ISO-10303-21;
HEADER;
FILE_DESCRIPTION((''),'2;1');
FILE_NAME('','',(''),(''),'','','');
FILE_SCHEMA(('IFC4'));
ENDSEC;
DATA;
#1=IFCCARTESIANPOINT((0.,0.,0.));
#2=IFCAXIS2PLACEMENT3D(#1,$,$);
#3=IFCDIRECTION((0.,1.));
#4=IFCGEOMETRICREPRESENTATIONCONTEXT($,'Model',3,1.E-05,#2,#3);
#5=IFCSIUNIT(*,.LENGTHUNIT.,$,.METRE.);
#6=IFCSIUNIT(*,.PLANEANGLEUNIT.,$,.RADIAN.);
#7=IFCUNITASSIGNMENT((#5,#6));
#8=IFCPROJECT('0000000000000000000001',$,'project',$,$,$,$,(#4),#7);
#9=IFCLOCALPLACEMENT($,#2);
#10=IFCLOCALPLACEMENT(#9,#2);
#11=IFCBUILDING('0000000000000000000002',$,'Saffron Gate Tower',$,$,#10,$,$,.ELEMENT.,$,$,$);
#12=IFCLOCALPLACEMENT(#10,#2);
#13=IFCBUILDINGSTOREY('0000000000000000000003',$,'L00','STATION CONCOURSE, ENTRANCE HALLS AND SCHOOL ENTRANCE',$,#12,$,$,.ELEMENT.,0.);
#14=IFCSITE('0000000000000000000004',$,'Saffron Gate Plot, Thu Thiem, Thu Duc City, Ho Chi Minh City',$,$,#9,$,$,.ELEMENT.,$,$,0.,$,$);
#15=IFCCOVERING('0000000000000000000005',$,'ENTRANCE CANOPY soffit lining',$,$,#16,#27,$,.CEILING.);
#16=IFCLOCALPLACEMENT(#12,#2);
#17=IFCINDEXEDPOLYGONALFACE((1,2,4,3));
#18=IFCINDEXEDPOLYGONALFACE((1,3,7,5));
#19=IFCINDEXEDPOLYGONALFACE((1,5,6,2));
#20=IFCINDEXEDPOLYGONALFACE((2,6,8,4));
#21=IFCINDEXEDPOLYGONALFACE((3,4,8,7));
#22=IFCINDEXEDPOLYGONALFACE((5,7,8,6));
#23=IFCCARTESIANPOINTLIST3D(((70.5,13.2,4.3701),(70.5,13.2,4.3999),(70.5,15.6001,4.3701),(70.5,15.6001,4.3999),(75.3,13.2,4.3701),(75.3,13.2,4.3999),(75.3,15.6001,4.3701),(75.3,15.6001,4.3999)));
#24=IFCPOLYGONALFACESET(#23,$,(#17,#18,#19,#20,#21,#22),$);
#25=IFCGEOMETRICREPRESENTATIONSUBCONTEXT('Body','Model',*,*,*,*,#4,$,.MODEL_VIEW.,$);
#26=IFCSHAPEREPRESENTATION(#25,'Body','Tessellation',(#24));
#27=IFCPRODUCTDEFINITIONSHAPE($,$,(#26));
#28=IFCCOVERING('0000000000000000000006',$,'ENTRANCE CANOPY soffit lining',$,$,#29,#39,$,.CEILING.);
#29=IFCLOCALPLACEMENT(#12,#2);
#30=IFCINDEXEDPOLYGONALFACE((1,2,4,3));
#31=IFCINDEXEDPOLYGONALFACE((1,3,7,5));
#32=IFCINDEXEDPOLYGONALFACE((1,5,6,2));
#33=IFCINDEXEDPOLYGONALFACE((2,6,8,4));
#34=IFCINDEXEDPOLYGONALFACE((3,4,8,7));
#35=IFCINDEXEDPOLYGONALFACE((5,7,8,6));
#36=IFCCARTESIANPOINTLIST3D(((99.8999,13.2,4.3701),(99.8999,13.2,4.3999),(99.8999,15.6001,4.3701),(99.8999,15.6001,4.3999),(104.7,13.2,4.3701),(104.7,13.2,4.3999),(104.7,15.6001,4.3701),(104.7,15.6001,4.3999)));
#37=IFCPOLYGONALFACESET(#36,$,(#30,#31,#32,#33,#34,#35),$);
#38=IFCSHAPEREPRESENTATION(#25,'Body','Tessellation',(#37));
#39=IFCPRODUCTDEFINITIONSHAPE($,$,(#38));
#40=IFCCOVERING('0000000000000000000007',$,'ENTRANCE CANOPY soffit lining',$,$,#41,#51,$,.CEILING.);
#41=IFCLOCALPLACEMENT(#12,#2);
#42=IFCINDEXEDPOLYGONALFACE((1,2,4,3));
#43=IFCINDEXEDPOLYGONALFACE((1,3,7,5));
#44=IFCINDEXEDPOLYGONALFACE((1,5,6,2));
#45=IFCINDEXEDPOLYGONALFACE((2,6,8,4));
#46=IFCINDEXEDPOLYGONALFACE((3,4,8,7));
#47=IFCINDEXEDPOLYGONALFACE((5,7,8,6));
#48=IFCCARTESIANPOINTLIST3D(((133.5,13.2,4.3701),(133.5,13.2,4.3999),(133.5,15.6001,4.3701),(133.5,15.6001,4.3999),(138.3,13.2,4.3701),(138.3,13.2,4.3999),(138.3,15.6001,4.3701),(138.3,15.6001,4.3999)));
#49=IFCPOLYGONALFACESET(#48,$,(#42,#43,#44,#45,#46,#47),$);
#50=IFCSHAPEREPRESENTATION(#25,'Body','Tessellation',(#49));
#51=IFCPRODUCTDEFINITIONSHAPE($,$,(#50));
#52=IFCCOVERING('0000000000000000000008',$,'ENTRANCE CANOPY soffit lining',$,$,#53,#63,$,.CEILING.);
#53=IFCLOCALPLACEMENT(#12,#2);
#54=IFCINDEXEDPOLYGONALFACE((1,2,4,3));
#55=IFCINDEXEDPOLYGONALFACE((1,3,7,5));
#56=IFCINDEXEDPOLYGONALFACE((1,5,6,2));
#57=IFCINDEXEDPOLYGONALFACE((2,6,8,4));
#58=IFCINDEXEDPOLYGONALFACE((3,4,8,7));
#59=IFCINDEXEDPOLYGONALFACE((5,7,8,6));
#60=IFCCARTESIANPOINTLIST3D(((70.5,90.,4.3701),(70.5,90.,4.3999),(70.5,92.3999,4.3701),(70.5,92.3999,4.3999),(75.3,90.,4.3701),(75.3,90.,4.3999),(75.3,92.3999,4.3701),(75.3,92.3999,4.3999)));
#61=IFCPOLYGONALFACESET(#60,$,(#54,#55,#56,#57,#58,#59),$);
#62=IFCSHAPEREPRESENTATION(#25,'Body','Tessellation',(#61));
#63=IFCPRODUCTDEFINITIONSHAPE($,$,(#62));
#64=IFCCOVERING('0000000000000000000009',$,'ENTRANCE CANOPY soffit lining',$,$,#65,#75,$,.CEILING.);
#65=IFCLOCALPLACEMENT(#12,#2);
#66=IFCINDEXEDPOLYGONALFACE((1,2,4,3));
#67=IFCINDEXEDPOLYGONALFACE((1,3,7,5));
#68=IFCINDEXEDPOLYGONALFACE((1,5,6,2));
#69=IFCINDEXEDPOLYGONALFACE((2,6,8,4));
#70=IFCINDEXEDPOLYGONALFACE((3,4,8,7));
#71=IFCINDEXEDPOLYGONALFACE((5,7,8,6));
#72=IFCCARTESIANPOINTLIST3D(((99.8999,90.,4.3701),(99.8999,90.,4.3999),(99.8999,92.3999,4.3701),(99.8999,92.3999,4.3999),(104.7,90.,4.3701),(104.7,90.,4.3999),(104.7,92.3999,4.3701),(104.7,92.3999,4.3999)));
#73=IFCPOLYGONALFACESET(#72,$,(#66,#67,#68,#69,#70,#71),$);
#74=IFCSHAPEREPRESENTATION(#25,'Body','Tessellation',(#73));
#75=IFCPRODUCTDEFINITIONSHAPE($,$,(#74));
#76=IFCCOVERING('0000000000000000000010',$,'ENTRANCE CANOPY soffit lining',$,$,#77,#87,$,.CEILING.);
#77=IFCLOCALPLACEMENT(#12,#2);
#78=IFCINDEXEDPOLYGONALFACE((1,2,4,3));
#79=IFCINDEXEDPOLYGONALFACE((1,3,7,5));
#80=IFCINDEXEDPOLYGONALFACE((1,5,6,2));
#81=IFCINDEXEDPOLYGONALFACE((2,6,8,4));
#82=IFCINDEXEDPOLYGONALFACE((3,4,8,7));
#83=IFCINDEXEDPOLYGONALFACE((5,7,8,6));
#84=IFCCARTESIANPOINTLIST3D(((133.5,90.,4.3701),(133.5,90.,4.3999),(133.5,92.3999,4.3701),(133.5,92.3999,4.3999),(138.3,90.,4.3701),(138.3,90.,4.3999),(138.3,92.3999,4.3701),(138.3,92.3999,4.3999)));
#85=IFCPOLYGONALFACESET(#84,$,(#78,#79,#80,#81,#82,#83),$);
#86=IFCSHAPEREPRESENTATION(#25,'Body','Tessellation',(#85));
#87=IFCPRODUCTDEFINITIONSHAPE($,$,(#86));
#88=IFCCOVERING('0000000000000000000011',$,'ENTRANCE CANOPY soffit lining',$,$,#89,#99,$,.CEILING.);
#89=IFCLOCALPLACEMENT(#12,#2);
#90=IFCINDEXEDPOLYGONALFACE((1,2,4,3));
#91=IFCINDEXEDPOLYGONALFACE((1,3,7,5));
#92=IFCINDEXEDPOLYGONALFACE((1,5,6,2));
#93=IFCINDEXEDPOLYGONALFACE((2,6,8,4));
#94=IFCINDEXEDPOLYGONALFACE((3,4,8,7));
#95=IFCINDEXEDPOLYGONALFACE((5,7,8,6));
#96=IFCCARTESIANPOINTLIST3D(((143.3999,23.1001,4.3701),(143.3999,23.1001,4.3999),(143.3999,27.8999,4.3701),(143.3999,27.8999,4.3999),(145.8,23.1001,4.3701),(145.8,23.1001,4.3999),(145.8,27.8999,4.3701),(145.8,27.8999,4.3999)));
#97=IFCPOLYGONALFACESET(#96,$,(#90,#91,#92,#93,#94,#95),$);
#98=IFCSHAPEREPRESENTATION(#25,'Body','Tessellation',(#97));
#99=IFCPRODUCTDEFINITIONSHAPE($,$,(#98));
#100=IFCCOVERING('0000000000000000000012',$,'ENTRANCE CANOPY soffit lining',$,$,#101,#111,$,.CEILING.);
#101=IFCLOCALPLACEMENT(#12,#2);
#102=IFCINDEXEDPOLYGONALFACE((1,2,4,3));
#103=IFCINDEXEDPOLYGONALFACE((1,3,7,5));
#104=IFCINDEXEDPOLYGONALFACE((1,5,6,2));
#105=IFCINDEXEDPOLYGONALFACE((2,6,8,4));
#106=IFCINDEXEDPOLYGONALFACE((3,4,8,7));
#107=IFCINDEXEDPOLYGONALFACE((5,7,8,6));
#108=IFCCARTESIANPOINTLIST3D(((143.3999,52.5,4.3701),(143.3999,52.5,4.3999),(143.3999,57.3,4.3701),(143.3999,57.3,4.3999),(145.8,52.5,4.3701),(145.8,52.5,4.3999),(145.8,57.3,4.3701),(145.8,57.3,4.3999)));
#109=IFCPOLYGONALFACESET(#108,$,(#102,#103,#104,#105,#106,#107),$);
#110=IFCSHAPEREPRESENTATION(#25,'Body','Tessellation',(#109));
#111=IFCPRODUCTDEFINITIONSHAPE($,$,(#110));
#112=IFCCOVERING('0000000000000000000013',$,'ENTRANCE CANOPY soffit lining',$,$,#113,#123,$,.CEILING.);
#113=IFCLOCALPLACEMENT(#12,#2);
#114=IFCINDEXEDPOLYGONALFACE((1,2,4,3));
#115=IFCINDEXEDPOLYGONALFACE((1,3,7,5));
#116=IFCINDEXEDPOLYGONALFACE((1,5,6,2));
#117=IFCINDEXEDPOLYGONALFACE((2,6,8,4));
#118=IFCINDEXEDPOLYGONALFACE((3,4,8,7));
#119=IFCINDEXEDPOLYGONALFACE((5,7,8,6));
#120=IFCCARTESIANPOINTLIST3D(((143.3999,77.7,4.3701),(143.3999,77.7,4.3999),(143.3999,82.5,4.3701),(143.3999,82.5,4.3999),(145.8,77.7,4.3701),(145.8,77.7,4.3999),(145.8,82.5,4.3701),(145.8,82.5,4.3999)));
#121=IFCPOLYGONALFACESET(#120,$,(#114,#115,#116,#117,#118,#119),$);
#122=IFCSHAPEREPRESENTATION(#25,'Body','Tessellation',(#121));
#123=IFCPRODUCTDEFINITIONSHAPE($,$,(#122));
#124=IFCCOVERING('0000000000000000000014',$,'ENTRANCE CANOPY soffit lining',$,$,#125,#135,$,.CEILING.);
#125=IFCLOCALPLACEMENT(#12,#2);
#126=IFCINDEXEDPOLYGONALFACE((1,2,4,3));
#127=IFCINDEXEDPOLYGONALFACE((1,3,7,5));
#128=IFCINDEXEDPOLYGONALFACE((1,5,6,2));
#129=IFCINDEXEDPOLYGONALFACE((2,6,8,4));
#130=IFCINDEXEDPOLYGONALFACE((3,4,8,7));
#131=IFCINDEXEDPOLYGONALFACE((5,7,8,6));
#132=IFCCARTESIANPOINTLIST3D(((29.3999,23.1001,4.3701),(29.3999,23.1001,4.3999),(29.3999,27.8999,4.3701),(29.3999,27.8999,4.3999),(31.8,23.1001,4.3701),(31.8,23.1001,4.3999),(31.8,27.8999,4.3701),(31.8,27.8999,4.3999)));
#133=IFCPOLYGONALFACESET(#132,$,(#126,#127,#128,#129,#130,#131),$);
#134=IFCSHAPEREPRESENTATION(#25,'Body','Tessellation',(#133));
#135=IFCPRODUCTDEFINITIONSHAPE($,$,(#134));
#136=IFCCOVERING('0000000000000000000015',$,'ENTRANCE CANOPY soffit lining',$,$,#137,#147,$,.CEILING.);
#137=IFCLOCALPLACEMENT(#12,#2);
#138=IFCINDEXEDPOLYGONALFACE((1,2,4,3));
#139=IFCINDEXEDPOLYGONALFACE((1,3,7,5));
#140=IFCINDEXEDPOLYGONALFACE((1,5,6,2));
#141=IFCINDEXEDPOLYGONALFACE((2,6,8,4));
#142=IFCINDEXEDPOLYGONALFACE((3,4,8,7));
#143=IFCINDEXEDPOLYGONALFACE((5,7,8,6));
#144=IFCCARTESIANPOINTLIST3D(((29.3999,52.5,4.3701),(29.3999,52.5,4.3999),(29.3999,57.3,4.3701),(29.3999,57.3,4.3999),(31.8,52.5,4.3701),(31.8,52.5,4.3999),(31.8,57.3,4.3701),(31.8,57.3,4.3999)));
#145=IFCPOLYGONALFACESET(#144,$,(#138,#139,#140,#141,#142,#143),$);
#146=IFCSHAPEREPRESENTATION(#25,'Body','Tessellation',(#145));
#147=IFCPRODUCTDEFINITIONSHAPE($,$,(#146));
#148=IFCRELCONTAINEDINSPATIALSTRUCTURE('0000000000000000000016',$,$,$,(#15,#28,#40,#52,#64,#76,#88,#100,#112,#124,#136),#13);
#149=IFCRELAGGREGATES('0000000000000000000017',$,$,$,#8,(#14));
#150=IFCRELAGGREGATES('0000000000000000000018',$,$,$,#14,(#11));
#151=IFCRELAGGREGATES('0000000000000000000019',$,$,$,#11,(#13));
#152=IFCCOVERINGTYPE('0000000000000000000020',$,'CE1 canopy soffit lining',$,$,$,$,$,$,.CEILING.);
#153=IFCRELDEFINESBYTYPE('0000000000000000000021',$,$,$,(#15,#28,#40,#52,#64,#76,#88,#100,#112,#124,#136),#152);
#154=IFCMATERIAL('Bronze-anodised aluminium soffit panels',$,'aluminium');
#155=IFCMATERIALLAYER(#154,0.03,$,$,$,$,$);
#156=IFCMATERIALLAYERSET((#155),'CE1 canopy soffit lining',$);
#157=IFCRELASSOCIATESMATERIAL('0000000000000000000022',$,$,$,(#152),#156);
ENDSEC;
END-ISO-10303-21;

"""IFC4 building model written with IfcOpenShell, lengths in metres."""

from ifc_helpers import new_model, si_unit, direction, frame, origin, place, context, subcontext, project, spatial, polyline, outline, extrude, material, layer, layer_set, type_object, element, save


model = new_model("IFC4")

# Units and contexts
model_context = context("Model", 3, precision=1e-05, world=origin(), true_north=direction((0.0, 1.0)))
body_context = subcontext(model_context, "Body", "Model", "MODEL_VIEW")
ifc_project = project(units=[si_unit("LENGTHUNIT", "METRE"), si_unit("PLANEANGLEUNIT", "RADIAN")], contexts=[model_context])

# Site, building, storey
site_placement = place(None, origin())
site = spatial("IfcSite", under=ifc_project, at=site_placement, Name="Saffron Gate Plot, Thu Thiem, Thu Duc City, Ho Chi Minh City", CompositionType="ELEMENT", RefElevation=0.0)
building_placement = place(site_placement, origin())
building = spatial("IfcBuilding", under=site, at=building_placement, Name="Saffron Gate Tower", CompositionType="ELEMENT")
storey_placement = place(building_placement, origin())
storey = spatial("IfcBuildingStorey", under=building, at=storey_placement, Name="L00", Description="STATION CONCOURSE, ENTRANCE HALLS AND SCHOOL ENTRANCE", CompositionType="ELEMENT", Elevation=0.0)

# Coverings
ifc_material_1 = material(Name="Bronze-anodised aluminium soffit panels", Category="aluminium")
ifc_layer_1 = layer(ifc_material_1, 0.03)
ifc_layer_set_1 = layer_set([ifc_layer_1], Name="CE1 canopy soffit lining")
covering_type_1 = type_object("IfcCoveringType", Name="CE1 canopy soffit lining", PredefinedType="CEILING", material=ifc_layer_set_1)
covering_1_placement = place(storey_placement, frame((0.0, 0.0, 4.3701)))
element("IfcCovering", 1, at=covering_1_placement, inside=storey, type_object=covering_type_1, Name="ENTRANCE CANOPY soffit lining", PredefinedType="CEILING", context=body_context, shape_type="SweptSolid", body=[
    extrude(outline(polyline([(70.5, 15.6001), (75.3, 15.6001), (75.3, 13.2), (70.5, 13.2), (70.5, 15.6001)])), origin(), (0.0, 0.0, 1.0), 0.0298),
])
covering_2_placement = place(storey_placement, frame((0.0, 0.0, 4.3701)))
element("IfcCovering", 2, at=covering_2_placement, inside=storey, type_object=covering_type_1, Name="ENTRANCE CANOPY soffit lining", PredefinedType="CEILING", context=body_context, shape_type="SweptSolid", body=[
    extrude(outline(polyline([(99.8999, 15.6001), (104.7, 15.6001), (104.7, 13.2), (99.8999, 13.2), (99.8999, 15.6001)])), origin(), (0.0, 0.0, 1.0), 0.0298),
])
covering_3_placement = place(storey_placement, frame((0.0, 0.0, 4.3701)))
element("IfcCovering", 3, at=covering_3_placement, inside=storey, type_object=covering_type_1, Name="ENTRANCE CANOPY soffit lining", PredefinedType="CEILING", context=body_context, shape_type="SweptSolid", body=[
    extrude(outline(polyline([(133.5, 15.6001), (138.3, 15.6001), (138.3, 13.2), (133.5, 13.2), (133.5, 15.6001)])), origin(), (0.0, 0.0, 1.0), 0.0298),
])
covering_4_placement = place(storey_placement, frame((0.0, 0.0, 4.3701)))
element("IfcCovering", 4, at=covering_4_placement, inside=storey, type_object=covering_type_1, Name="ENTRANCE CANOPY soffit lining", PredefinedType="CEILING", context=body_context, shape_type="SweptSolid", body=[
    extrude(outline(polyline([(75.3, 90.0), (70.5, 90.0), (70.5, 92.3999), (75.3, 92.3999), (75.3, 90.0)])), origin(), (0.0, 0.0, 1.0), 0.0298),
])
covering_5_placement = place(storey_placement, frame((0.0, 0.0, 4.3701)))
element("IfcCovering", 5, at=covering_5_placement, inside=storey, type_object=covering_type_1, Name="ENTRANCE CANOPY soffit lining", PredefinedType="CEILING", context=body_context, shape_type="SweptSolid", body=[
    extrude(outline(polyline([(104.7, 90.0), (99.8999, 90.0), (99.8999, 92.3999), (104.7, 92.3999), (104.7, 90.0)])), origin(), (0.0, 0.0, 1.0), 0.0298),
])
covering_6_placement = place(storey_placement, frame((0.0, 0.0, 4.3701)))
element("IfcCovering", 6, at=covering_6_placement, inside=storey, type_object=covering_type_1, Name="ENTRANCE CANOPY soffit lining", PredefinedType="CEILING", context=body_context, shape_type="SweptSolid", body=[
    extrude(outline(polyline([(138.3, 90.0), (133.5, 90.0), (133.5, 92.3999), (138.3, 92.3999), (138.3, 90.0)])), origin(), (0.0, 0.0, 1.0), 0.0298),
])
covering_7_placement = place(storey_placement, frame((0.0, 0.0, 4.3701)))
element("IfcCovering", 7, at=covering_7_placement, inside=storey, type_object=covering_type_1, Name="ENTRANCE CANOPY soffit lining", PredefinedType="CEILING", context=body_context, shape_type="SweptSolid", body=[
    extrude(outline(polyline([(143.3999, 23.1001), (143.3999, 27.8999), (145.8, 27.8999), (145.8, 23.1001), (143.3999, 23.1001)])), origin(), (0.0, 0.0, 1.0), 0.0298),
])
covering_8_placement = place(storey_placement, frame((0.0, 0.0, 4.3701)))
element("IfcCovering", 8, at=covering_8_placement, inside=storey, type_object=covering_type_1, Name="ENTRANCE CANOPY soffit lining", PredefinedType="CEILING", context=body_context, shape_type="SweptSolid", body=[
    extrude(outline(polyline([(143.3999, 52.5), (143.3999, 57.3), (145.8, 57.3), (145.8, 52.5), (143.3999, 52.5)])), origin(), (0.0, 0.0, 1.0), 0.0298),
])
covering_9_placement = place(storey_placement, frame((0.0, 0.0, 4.3701)))
element("IfcCovering", 9, at=covering_9_placement, inside=storey, type_object=covering_type_1, Name="ENTRANCE CANOPY soffit lining", PredefinedType="CEILING", context=body_context, shape_type="SweptSolid", body=[
    extrude(outline(polyline([(143.3999, 77.7), (143.3999, 82.5), (145.8, 82.5), (145.8, 77.7), (143.3999, 77.7)])), origin(), (0.0, 0.0, 1.0), 0.0298),
])
covering_10_placement = place(storey_placement, frame((0.0, 0.0, 4.3701)))
element("IfcCovering", 10, at=covering_10_placement, inside=storey, type_object=covering_type_1, Name="ENTRANCE CANOPY soffit lining", PredefinedType="CEILING", context=body_context, shape_type="SweptSolid", body=[
    extrude(outline(polyline([(31.8, 27.8999), (31.8, 23.1001), (29.3999, 23.1001), (29.3999, 27.8999), (31.8, 27.8999)])), origin(), (0.0, 0.0, 1.0), 0.0298),
])
covering_11_placement = place(storey_placement, frame((0.0, 0.0, 4.3701)))
element("IfcCovering", 11, at=covering_11_placement, inside=storey, type_object=covering_type_1, Name="ENTRANCE CANOPY soffit lining", PredefinedType="CEILING", context=body_context, shape_type="SweptSolid", body=[
    extrude(outline(polyline([(31.8, 57.3), (31.8, 52.5), (29.3999, 52.5), (29.3999, 57.3), (31.8, 57.3)])), origin(), (0.0, 0.0, 1.0), 0.0298),
])

save(model, "model.ifc")
